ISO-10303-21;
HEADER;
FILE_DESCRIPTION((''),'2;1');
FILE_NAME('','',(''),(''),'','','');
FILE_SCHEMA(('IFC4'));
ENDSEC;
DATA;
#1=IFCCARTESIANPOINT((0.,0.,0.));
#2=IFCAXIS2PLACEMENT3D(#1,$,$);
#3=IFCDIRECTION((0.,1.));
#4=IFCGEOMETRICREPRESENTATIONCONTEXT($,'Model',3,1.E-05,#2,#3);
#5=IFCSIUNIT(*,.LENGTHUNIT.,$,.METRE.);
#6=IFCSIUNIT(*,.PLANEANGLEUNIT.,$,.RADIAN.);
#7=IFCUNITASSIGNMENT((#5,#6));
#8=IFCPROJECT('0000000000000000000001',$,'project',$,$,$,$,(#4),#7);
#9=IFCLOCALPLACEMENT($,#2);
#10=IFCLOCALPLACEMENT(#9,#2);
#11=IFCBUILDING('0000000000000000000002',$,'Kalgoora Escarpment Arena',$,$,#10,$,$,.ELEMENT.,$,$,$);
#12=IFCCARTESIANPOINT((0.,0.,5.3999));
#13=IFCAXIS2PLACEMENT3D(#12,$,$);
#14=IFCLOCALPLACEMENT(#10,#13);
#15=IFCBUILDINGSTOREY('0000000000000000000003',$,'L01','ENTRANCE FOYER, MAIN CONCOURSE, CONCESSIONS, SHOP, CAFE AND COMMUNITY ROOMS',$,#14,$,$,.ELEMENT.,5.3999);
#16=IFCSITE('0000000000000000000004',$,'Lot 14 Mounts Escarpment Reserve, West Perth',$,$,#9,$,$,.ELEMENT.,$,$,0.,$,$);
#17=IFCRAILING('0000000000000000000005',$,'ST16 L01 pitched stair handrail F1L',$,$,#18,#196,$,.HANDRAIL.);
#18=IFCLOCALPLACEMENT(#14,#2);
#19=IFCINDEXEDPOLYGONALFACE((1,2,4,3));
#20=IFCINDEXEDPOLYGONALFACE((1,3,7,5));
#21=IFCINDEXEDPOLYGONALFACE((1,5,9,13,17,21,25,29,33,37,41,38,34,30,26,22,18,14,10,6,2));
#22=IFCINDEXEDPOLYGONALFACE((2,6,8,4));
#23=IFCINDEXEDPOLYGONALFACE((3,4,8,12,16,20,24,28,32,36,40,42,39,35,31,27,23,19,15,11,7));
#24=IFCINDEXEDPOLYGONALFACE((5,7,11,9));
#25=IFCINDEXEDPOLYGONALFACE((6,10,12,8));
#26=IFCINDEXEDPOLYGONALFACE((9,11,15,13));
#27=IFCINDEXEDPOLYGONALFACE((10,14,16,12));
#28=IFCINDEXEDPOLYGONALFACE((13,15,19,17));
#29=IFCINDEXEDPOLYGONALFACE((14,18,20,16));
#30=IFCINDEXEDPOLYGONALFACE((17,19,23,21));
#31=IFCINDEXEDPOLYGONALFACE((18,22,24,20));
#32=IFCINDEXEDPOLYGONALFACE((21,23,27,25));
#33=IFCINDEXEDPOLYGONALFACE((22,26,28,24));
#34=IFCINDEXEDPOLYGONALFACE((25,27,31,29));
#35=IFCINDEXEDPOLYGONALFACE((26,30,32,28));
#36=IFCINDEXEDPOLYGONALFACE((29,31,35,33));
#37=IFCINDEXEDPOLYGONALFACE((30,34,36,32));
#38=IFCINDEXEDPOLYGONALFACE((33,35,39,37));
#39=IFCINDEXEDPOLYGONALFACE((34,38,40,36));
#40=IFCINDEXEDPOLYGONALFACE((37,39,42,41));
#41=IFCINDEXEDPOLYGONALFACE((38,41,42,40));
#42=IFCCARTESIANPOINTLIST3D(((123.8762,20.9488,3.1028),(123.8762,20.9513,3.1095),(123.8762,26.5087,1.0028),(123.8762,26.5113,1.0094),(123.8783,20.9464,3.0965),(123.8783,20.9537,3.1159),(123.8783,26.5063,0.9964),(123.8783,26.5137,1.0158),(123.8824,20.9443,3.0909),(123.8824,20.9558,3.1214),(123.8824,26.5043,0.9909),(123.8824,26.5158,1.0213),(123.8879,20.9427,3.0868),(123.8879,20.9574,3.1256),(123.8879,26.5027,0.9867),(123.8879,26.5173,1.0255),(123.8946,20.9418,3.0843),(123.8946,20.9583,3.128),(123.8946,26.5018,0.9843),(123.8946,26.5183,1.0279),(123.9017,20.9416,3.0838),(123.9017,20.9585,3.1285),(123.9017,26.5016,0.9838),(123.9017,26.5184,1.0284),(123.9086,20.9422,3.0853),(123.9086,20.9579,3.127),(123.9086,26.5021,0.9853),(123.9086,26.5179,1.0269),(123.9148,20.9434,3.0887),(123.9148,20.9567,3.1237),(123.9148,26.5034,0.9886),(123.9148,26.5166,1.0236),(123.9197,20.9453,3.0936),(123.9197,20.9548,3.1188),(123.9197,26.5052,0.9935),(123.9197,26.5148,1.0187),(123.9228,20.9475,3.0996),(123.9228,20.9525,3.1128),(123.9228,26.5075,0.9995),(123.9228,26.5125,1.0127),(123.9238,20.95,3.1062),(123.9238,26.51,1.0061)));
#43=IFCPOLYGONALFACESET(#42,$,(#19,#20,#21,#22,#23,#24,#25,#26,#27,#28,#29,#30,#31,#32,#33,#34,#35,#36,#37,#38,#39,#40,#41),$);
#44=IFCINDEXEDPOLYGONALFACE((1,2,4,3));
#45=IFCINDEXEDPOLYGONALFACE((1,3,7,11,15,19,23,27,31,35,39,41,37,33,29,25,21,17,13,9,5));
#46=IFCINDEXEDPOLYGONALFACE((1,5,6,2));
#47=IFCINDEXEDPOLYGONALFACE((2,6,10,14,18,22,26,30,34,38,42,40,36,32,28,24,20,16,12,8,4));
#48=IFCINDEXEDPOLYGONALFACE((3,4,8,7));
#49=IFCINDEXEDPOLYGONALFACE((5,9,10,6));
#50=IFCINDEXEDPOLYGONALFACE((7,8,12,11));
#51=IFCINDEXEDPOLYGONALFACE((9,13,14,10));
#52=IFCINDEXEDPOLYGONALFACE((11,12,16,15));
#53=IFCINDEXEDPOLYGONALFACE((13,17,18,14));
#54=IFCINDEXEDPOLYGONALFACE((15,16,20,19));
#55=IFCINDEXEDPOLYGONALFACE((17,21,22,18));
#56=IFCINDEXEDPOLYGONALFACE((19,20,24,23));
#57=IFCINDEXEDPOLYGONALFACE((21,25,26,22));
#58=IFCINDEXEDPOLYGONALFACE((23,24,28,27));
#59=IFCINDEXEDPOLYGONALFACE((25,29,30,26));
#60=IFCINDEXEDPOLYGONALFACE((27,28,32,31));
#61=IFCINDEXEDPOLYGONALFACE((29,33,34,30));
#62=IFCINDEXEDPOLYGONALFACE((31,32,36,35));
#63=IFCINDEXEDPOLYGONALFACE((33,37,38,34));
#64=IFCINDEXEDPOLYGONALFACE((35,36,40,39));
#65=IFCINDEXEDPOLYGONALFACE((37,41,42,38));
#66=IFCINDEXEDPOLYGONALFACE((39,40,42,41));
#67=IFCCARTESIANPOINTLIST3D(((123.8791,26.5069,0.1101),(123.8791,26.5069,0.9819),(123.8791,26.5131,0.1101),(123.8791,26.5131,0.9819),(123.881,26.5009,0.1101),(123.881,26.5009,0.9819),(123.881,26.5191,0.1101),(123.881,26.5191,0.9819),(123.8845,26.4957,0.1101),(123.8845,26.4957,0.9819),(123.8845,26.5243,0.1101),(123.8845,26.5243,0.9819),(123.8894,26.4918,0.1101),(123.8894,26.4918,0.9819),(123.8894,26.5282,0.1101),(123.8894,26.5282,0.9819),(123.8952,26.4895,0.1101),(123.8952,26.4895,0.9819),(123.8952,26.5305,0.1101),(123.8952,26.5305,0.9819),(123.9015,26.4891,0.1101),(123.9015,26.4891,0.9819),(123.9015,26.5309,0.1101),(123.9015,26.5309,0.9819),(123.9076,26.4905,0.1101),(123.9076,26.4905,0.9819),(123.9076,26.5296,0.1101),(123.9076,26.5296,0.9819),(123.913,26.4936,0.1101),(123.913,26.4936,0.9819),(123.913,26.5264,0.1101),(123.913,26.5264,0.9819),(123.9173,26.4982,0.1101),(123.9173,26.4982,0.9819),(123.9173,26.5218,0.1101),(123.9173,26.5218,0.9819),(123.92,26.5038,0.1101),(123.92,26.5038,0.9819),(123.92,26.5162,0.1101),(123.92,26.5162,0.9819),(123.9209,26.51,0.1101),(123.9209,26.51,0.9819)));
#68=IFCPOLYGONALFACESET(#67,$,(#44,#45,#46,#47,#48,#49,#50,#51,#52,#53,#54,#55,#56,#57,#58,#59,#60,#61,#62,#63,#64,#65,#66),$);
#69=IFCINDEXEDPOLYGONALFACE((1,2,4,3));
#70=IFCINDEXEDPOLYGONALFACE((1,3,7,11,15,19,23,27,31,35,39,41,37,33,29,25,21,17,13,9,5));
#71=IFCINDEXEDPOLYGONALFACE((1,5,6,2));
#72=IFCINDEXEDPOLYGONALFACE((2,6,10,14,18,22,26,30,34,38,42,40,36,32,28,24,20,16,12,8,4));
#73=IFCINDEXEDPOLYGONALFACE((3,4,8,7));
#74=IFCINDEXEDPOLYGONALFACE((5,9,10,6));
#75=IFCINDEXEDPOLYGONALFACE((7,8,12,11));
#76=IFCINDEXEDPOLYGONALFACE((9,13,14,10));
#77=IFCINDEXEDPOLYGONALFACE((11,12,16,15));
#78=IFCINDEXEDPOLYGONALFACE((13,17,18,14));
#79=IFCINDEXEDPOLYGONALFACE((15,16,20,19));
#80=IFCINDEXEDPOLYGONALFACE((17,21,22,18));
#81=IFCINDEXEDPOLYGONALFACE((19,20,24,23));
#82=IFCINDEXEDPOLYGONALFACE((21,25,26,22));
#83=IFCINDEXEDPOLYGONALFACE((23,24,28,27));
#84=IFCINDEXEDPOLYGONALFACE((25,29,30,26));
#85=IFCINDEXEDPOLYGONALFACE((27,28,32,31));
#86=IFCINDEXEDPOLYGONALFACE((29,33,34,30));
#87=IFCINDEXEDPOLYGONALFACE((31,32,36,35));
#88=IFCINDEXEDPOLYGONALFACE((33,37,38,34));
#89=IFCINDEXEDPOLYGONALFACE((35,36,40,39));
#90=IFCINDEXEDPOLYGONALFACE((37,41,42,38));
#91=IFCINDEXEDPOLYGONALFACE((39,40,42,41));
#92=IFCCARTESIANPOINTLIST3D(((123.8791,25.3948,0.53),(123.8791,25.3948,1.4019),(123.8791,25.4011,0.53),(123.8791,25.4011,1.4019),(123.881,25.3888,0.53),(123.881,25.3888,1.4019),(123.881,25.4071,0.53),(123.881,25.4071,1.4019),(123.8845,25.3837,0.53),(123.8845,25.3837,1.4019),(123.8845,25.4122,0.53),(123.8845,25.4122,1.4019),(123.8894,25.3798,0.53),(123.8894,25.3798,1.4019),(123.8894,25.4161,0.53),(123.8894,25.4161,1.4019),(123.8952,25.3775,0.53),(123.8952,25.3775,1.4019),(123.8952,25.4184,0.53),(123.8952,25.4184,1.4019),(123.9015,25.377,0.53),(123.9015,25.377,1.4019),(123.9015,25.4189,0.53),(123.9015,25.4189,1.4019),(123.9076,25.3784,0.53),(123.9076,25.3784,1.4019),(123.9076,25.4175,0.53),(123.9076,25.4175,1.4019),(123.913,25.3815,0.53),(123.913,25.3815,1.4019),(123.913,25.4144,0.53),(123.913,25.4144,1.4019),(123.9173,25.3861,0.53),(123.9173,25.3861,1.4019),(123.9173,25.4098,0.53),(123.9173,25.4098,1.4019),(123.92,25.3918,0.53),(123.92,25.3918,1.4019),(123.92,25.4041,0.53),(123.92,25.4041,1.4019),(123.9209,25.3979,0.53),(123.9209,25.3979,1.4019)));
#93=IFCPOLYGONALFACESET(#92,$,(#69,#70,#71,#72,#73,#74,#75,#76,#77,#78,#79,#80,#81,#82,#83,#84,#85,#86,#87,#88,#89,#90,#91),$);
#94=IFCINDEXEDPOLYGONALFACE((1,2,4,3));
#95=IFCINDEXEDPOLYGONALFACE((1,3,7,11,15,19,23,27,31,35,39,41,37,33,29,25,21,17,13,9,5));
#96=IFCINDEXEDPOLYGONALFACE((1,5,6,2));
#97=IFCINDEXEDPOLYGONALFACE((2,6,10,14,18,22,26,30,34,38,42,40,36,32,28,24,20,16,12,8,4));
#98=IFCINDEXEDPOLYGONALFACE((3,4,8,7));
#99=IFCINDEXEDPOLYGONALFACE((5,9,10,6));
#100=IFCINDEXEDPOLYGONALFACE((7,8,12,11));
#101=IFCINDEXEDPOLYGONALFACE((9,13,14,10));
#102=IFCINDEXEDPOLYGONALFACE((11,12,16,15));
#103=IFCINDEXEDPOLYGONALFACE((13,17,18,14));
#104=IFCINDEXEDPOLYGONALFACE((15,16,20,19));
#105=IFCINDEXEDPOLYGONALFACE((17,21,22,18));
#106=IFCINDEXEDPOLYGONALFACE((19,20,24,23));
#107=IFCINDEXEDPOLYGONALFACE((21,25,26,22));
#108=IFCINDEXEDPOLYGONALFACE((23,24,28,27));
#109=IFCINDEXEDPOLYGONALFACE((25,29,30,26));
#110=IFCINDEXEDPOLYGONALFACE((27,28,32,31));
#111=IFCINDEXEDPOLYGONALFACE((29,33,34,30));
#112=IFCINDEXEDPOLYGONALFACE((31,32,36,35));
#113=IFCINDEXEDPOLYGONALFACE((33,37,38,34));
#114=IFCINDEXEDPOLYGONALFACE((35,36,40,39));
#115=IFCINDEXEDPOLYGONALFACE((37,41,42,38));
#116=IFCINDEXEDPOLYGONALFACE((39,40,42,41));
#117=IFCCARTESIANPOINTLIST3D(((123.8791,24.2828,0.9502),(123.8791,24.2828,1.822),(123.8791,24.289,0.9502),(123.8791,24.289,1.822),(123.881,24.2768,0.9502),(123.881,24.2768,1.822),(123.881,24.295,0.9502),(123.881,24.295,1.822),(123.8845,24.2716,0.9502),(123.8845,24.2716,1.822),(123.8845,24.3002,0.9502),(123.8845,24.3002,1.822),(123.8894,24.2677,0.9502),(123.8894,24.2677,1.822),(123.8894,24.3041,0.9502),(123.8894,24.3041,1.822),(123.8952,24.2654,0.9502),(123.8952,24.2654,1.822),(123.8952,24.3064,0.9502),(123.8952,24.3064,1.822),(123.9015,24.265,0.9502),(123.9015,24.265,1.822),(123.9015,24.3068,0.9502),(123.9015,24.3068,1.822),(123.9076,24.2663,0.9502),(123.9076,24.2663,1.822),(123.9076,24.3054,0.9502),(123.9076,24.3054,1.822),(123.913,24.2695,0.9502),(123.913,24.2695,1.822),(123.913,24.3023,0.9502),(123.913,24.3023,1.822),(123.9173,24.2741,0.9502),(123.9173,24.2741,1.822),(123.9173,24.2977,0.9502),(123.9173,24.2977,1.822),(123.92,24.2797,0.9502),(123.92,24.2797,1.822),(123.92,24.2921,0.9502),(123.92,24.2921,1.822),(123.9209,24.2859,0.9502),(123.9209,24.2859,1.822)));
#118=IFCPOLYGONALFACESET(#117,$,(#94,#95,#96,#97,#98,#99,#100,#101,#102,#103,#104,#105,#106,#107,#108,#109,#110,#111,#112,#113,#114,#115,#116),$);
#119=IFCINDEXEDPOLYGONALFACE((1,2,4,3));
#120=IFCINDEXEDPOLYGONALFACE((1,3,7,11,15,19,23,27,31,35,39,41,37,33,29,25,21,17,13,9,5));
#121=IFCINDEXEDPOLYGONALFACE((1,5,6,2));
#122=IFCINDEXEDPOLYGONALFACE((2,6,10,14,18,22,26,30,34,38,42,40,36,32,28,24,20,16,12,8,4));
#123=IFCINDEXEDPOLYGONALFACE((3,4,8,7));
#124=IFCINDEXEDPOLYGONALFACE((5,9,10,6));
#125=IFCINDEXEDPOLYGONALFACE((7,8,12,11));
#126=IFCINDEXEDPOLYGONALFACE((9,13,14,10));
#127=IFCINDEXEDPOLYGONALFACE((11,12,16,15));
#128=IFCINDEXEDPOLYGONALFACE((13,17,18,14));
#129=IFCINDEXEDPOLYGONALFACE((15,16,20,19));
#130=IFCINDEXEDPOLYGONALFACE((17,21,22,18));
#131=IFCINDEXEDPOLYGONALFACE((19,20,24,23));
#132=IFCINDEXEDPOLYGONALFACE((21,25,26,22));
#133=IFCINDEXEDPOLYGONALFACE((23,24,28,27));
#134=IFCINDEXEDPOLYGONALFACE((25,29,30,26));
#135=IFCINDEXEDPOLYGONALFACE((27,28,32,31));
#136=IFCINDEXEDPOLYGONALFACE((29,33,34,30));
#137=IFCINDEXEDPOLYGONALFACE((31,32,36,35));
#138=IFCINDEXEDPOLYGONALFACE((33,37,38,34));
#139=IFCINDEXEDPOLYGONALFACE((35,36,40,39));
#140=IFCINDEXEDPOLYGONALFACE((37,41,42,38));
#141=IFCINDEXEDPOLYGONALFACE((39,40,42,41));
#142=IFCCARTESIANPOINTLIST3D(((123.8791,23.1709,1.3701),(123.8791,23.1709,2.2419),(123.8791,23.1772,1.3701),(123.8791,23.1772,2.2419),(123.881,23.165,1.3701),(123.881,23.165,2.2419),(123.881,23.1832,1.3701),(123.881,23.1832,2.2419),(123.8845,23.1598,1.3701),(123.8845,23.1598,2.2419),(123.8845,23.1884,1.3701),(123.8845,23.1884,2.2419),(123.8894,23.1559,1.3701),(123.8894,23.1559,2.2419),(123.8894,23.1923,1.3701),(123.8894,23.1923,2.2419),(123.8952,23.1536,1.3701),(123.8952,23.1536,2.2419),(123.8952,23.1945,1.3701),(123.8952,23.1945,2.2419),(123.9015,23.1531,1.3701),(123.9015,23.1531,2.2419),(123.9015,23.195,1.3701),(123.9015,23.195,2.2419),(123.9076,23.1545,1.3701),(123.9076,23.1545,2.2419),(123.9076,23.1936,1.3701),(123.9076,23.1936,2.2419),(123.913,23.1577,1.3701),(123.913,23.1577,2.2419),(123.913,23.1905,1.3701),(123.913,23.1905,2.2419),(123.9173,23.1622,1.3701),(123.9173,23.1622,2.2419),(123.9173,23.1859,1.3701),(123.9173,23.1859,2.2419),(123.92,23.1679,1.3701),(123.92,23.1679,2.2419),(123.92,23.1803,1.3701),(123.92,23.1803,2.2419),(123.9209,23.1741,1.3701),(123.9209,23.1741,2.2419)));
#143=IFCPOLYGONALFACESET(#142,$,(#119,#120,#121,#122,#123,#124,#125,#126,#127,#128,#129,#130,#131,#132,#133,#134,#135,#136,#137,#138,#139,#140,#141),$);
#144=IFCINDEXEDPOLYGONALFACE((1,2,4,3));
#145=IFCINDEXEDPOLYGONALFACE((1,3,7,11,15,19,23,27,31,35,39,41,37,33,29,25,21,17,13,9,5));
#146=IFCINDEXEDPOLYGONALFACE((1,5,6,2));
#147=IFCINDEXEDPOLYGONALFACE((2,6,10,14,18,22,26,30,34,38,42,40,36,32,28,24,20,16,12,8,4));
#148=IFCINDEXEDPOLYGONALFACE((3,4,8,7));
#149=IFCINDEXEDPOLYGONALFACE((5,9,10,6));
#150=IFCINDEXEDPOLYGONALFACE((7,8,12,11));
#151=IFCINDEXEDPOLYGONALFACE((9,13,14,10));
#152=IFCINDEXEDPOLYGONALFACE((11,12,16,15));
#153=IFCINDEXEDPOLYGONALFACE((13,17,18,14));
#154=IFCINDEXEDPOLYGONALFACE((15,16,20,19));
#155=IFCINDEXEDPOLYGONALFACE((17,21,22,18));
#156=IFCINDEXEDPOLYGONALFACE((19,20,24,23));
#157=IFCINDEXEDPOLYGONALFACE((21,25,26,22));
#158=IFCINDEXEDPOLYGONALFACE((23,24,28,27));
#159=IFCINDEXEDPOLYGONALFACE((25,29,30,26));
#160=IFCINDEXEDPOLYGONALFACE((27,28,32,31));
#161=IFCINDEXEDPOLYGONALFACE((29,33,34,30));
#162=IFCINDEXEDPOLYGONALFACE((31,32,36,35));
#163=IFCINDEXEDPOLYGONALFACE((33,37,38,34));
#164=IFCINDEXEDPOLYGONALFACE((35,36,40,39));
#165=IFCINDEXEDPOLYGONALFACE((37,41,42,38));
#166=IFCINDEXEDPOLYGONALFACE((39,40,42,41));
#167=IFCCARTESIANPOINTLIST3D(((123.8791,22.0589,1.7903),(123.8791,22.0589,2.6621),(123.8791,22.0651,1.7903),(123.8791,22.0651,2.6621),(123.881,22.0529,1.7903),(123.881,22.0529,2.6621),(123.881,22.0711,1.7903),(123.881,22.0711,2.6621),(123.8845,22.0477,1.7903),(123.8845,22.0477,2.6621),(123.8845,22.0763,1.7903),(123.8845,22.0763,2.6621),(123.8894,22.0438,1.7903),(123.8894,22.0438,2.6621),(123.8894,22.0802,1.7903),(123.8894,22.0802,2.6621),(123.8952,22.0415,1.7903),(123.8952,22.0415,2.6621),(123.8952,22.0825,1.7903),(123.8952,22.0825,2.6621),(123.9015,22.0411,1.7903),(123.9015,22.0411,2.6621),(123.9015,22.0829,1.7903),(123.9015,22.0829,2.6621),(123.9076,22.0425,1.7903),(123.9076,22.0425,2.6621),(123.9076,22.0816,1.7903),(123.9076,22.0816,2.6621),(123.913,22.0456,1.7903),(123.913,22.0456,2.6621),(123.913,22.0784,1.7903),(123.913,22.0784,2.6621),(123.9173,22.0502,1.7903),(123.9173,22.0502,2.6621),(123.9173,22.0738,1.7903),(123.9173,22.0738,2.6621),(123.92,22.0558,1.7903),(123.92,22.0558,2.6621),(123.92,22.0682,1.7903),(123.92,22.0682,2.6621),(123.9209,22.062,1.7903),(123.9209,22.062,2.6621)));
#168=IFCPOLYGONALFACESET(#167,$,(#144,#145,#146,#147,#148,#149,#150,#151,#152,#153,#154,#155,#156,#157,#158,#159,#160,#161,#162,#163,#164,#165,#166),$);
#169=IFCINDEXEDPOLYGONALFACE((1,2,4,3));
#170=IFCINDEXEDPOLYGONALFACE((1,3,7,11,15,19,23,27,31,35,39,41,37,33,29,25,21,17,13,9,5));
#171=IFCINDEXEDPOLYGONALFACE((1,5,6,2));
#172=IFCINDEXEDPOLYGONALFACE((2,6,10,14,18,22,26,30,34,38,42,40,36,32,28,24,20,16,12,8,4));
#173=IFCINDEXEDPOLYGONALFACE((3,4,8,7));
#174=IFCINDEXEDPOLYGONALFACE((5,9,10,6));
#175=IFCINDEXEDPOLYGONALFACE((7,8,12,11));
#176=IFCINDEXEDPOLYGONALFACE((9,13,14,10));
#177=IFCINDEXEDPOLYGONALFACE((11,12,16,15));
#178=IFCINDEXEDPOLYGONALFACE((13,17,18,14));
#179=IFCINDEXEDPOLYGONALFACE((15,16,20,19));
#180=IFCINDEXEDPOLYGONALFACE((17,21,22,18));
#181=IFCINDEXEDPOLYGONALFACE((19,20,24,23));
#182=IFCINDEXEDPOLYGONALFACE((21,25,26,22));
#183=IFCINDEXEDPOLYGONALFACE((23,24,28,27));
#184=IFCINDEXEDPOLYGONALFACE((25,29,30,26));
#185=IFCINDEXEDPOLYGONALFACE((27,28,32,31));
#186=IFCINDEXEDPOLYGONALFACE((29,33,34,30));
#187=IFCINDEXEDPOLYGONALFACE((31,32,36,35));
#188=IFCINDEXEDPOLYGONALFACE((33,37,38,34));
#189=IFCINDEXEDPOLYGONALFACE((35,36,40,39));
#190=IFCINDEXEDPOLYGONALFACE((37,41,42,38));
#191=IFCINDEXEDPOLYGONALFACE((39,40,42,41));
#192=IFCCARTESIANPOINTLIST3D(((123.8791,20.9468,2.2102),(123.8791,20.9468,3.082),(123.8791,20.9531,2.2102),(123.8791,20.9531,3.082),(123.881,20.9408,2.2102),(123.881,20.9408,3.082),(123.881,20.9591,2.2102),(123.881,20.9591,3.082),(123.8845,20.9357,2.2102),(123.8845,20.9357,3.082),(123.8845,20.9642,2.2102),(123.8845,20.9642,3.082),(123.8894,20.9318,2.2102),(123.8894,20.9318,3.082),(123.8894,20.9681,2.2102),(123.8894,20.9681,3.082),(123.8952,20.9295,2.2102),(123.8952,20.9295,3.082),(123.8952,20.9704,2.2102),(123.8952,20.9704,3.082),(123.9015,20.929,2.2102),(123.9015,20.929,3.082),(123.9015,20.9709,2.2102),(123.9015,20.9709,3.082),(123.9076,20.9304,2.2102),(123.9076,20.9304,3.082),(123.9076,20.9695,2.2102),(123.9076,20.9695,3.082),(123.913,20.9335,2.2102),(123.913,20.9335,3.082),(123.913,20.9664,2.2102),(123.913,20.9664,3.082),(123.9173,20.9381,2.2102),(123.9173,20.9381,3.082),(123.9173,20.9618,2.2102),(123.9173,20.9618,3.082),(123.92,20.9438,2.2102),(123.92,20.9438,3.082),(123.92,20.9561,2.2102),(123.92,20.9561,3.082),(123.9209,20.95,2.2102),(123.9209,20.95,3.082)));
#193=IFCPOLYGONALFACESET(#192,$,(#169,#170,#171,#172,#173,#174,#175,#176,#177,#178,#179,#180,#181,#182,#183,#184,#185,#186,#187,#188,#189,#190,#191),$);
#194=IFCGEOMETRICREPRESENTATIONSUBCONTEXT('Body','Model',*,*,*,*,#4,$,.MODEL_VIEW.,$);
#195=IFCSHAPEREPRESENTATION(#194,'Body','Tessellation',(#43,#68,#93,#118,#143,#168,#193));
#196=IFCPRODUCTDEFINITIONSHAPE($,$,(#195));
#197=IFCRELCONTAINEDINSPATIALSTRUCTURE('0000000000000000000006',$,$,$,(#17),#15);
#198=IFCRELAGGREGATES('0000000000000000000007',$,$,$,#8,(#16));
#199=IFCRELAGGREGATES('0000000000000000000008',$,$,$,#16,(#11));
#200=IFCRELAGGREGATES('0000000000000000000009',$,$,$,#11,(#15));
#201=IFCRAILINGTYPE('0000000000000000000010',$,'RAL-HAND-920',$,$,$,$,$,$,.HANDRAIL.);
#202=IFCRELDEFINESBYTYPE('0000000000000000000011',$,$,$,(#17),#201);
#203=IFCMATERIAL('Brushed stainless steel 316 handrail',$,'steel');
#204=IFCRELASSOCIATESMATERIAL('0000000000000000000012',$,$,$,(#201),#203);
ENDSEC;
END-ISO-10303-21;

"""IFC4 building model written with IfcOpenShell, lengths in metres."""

from ifc_helpers import new_model, si_unit, direction, frame, origin, origin_2d, place, context, subcontext, project, spatial, circle, extrude, material, type_object, element, save


model = new_model("IFC4")

# Units and contexts
model_context = context("Model", 3, precision=1e-05, world=origin(), true_north=direction((0.0, 1.0)))
body_context = subcontext(model_context, "Body", "Model", "MODEL_VIEW")
ifc_project = project(units=[si_unit("LENGTHUNIT", "METRE"), si_unit("PLANEANGLEUNIT", "RADIAN")], contexts=[model_context])

# Site, building, storey
site_placement = place(None, origin())
site = spatial("IfcSite", under=ifc_project, at=site_placement, Name="Lot 14 Mounts Escarpment Reserve, West Perth", CompositionType="ELEMENT", RefElevation=0.0)
building_placement = place(site_placement, origin())
building = spatial("IfcBuilding", under=site, at=building_placement, Name="Kalgoora Escarpment Arena", CompositionType="ELEMENT")
storey_placement = place(building_placement, frame((0.0, 0.0, 5.3999)))
storey = spatial("IfcBuildingStorey", under=building, at=storey_placement, Name="L01", Description="ENTRANCE FOYER, MAIN CONCOURSE, CONCESSIONS, SHOP, CAFE AND COMMUNITY ROOMS", CompositionType="ELEMENT", Elevation=5.3999)

# Railing
ifc_material_1 = material(Name="Brushed stainless steel 316 handrail", Category="steel")
railing_type_1 = type_object("IfcRailingType", Name="RAL-HAND-920", PredefinedType="HANDRAIL", material=ifc_material_1)
for number, where, name in (
    (1, (123.8999, 26.51, 0.1101), "ST16 L01 pitched stair handrail F1L"),
):
    element("IfcRailing", number, at=place(storey_placement, frame(where)), inside=storey, type_object=railing_type_1, Name=name, PredefinedType="HANDRAIL", context=body_context, shape_type="SweptSolid", body=[
        extrude(circle(Radius=0.0239, at=origin_2d()), frame((0.0, 0.0, 0.896), z_axis=(0.0, -0.935493, 0.353346), x_axis=(1.0, 0.0, 0.0)), (0.0, 0.0, 1.0), 5.9434),
        extrude(circle(Radius=0.021, at=origin_2d()), origin(), (0.0, 0.0, 1.0), 0.8718),
        extrude(circle(Radius=0.021, at=origin_2d()), frame((0.0, -1.1121, 0.4199)), (0.0, 0.0, 1.0), 0.8718),
        extrude(circle(Radius=0.021, at=origin_2d()), frame((0.0, -2.2241, 0.8401)), (0.0, 0.0, 1.0), 0.8718),
        extrude(circle(Radius=0.021, at=origin_2d()), frame((0.0, -3.3359, 1.26)), (0.0, 0.0, 1.0), 0.8718),
        extrude(circle(Radius=0.021, at=origin_2d()), frame((0.0, -4.448, 1.6802)), (0.0, 0.0, 1.0), 0.8718),
        extrude(circle(Radius=0.021, at=origin_2d()), frame((0.0, -5.5601, 2.1001)), (0.0, 0.0, 1.0), 0.8718),
    ])

save(model, "model.ifc")
